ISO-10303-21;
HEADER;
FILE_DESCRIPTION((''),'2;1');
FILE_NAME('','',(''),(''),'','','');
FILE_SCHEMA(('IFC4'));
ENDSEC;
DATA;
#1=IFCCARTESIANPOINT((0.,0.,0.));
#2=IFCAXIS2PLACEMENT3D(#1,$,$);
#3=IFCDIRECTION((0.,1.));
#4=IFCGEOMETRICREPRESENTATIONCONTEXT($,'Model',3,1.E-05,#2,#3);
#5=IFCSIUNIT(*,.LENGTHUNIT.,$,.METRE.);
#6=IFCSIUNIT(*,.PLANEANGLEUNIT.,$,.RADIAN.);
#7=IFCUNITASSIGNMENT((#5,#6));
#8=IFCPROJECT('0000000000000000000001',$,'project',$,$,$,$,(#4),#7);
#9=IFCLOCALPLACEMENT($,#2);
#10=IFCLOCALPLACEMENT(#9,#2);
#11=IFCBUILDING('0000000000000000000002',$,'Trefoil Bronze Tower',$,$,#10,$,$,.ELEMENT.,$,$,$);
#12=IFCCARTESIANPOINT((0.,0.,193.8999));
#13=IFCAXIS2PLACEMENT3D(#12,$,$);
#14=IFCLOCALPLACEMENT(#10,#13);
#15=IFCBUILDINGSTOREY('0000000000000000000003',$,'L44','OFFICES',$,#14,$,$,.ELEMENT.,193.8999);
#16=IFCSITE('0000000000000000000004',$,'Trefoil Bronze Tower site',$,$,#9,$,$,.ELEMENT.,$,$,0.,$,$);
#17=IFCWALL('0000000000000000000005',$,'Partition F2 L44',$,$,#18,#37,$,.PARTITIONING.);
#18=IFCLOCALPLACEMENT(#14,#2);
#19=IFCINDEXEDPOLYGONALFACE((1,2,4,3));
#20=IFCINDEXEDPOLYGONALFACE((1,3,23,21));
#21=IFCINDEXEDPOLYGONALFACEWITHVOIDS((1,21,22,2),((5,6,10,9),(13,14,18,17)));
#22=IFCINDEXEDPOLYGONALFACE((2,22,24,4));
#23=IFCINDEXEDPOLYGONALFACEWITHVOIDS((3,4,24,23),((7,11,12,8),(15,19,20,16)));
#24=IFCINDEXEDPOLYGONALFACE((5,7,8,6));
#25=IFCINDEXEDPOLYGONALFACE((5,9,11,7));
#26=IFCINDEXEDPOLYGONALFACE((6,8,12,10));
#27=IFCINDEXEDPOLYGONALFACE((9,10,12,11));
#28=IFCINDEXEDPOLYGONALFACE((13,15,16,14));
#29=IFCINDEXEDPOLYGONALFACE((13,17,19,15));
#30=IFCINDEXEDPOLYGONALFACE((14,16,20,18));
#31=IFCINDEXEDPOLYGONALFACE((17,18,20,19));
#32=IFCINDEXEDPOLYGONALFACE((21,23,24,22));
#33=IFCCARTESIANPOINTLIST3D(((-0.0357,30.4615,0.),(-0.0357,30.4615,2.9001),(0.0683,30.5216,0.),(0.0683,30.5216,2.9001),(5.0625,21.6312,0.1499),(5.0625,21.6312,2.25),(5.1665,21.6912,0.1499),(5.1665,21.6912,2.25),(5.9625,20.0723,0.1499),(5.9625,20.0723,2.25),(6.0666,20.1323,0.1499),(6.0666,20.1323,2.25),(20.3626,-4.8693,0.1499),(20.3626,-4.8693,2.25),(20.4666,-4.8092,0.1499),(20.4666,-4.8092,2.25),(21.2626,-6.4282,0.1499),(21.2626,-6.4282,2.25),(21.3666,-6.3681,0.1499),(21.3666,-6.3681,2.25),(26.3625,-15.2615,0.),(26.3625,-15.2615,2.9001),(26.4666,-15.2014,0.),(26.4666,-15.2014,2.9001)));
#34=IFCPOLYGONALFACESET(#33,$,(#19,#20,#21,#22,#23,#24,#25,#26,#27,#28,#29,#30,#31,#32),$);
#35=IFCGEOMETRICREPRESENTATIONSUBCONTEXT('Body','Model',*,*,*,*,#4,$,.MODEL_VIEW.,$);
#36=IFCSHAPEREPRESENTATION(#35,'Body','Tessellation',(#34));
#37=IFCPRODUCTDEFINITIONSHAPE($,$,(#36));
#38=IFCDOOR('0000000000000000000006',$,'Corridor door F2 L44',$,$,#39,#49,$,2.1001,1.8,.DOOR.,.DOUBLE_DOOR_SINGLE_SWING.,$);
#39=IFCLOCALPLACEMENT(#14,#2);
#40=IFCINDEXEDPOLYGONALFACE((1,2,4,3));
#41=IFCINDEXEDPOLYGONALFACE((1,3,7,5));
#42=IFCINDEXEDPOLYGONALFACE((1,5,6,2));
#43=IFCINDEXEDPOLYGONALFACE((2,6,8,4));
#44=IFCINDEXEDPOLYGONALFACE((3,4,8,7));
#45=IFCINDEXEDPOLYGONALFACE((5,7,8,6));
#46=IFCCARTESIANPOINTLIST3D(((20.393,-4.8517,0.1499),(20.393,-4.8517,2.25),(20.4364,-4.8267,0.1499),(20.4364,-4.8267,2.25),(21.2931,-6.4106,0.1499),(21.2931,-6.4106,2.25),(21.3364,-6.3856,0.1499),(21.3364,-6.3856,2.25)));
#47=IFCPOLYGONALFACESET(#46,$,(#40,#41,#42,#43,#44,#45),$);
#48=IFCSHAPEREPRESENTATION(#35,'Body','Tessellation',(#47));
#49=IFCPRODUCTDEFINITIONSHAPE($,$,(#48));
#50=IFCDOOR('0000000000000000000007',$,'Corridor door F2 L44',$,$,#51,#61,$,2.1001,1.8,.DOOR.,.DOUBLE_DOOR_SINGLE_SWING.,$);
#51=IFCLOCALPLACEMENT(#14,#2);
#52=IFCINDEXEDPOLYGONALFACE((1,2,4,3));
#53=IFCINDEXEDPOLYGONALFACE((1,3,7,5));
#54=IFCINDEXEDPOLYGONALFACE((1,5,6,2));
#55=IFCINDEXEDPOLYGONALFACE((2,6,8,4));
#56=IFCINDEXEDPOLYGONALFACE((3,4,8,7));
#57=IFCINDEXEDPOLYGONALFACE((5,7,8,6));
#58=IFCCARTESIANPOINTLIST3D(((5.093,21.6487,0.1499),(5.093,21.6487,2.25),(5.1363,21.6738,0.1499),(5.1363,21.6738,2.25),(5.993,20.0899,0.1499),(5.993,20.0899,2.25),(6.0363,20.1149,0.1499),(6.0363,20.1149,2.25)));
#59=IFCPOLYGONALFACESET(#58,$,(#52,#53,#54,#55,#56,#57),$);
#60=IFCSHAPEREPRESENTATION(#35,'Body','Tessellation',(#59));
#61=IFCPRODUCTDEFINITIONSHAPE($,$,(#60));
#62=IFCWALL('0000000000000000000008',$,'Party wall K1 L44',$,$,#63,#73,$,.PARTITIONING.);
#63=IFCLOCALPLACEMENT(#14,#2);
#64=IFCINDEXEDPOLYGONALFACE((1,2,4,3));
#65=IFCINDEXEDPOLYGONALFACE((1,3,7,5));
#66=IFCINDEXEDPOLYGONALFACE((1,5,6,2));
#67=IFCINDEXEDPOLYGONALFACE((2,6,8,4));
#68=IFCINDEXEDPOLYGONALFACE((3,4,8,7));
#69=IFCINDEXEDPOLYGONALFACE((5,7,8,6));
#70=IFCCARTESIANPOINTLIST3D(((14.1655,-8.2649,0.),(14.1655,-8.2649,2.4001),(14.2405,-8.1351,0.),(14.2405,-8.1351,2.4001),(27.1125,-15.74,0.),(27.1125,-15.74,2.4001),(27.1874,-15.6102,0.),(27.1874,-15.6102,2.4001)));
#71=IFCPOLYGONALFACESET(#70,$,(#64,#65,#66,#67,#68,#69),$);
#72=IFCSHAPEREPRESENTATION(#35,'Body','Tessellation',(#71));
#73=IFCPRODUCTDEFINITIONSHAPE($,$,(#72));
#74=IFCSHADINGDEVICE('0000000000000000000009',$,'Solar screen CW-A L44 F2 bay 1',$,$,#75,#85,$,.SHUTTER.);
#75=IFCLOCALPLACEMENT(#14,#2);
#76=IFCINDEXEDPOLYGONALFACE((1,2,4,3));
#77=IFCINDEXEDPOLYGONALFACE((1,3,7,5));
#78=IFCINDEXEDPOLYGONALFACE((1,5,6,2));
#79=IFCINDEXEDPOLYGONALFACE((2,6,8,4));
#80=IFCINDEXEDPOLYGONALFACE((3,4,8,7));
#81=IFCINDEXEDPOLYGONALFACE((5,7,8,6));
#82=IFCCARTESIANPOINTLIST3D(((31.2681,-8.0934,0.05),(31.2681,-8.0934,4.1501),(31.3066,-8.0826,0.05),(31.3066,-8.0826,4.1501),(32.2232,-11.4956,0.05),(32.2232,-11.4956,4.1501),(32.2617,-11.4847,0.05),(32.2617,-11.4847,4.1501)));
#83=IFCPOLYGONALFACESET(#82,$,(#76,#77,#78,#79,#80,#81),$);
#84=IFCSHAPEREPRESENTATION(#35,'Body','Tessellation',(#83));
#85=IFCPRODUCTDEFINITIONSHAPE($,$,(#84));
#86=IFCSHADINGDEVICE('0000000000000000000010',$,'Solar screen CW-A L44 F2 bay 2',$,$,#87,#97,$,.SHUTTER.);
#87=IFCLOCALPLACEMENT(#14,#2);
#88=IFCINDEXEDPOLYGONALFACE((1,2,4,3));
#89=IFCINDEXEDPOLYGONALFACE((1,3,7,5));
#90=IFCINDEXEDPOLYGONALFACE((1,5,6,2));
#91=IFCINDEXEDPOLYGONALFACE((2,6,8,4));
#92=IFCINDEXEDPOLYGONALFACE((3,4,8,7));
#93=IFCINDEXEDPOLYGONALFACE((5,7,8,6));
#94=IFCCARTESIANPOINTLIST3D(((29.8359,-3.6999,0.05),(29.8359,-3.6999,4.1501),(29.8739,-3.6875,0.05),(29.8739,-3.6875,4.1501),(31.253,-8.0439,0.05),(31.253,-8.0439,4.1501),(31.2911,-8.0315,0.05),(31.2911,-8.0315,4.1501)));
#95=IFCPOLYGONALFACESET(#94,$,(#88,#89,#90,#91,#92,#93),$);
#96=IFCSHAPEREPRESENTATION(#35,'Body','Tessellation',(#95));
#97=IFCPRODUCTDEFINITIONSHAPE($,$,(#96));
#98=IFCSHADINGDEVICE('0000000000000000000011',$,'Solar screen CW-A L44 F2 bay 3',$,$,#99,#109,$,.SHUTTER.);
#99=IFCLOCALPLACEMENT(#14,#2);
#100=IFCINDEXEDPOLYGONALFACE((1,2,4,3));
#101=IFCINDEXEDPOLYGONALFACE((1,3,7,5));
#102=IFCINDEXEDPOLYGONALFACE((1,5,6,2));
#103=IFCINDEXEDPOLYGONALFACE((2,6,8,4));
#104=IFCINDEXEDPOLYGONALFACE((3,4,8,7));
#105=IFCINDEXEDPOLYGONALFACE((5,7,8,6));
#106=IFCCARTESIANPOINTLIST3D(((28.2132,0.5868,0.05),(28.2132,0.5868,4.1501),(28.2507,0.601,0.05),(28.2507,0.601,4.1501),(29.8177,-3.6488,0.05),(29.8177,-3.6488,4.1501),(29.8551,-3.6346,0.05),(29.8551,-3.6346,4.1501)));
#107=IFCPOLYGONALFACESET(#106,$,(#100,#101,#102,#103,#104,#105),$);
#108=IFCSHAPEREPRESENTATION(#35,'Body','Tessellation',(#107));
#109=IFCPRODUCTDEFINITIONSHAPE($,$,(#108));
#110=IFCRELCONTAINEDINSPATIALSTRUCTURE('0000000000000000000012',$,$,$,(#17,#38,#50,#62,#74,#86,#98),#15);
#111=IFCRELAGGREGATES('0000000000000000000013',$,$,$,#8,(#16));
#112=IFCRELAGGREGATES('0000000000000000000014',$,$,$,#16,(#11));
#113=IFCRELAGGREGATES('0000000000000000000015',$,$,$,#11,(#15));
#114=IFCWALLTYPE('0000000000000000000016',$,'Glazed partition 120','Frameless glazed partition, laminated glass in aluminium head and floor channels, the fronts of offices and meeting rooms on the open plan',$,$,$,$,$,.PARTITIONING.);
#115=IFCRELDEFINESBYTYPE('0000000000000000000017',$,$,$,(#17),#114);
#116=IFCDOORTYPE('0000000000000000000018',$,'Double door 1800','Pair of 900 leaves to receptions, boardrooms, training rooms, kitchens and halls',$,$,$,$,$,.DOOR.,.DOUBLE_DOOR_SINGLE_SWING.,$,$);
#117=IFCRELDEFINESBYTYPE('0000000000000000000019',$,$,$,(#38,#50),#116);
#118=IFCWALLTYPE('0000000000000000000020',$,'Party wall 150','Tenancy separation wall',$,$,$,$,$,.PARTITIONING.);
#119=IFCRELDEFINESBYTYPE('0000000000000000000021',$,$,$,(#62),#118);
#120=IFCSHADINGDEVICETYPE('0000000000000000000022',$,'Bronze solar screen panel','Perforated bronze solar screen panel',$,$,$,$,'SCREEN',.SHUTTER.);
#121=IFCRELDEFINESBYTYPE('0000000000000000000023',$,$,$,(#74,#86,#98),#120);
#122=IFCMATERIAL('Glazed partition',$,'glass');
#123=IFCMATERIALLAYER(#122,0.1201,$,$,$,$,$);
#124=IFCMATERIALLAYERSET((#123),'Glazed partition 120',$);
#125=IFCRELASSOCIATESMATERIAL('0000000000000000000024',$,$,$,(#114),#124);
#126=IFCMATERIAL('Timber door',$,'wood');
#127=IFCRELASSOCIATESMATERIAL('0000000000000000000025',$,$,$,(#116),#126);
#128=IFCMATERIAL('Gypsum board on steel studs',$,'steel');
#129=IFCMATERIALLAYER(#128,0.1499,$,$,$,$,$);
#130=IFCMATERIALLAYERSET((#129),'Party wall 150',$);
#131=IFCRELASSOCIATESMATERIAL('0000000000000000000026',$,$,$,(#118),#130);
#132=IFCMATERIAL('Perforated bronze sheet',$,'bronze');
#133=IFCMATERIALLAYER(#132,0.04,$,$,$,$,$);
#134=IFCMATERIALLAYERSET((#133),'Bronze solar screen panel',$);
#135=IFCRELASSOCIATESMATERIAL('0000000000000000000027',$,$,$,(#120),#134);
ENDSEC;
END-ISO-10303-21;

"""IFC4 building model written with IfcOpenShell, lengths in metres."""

from ifc_helpers import new_model, si_unit, direction, frame, frame_2d, origin, origin_2d, place, context, subcontext, project, spatial, rectangle, extrude, material, layer, layer_set, type_object, element, fill, save


model = new_model("IFC4")

# Units and contexts
model_context = context("Model", 3, precision=1e-05, world=origin(), true_north=direction((0.0, 1.0)))
body_context = subcontext(model_context, "Body", "Model", "MODEL_VIEW")
ifc_project = project(units=[si_unit("LENGTHUNIT", "METRE"), si_unit("PLANEANGLEUNIT", "RADIAN")], contexts=[model_context])

# Site, building, storey
site_placement = place(None, origin())
site = spatial("IfcSite", under=ifc_project, at=site_placement, Name="Trefoil Bronze Tower site", CompositionType="ELEMENT", RefElevation=0.0)
building_placement = place(site_placement, origin())
building = spatial("IfcBuilding", under=site, at=building_placement, Name="Trefoil Bronze Tower", CompositionType="ELEMENT")
storey_placement = place(building_placement, frame((0.0, 0.0, 193.8999)))
storey = spatial("IfcBuildingStorey", under=building, at=storey_placement, Name="L44", Description="OFFICES", CompositionType="ELEMENT", Elevation=193.8999)

# Wall, openings, doors
ifc_material_1 = material(Name="Glazed partition", Category="glass")
ifc_layer_1 = layer(ifc_material_1, 0.1201)
ifc_layer_set_1 = layer_set([ifc_layer_1], Name="Glazed partition 120")
wall_type_1 = type_object("IfcWallType", Name="Glazed partition 120", Description="Frameless glazed partition, laminated glass in aluminium head and floor channels, the fronts of offices and meeting rooms on the open plan", PredefinedType="PARTITIONING", material=ifc_layer_set_1)
wall_1_placement = place(storey_placement, frame((26.4146, -15.2314, 0.0), z_axis=(0.0, 0.0, 1.0), x_axis=(-0.500001, 0.866025, 0.0)))
wall_1 = element("IfcWall", 1, at=wall_1_placement, inside=storey, type_object=wall_type_1, Name="Partition F2 L44", PredefinedType="PARTITIONING", context=body_context, shape_type="SweptSolid", body=[
    extrude(rectangle(XDim=52.7964, YDim=0.1201, at=frame_2d((26.3982, 0.0))), origin(), (0.0, 0.0, 1.0), 2.9001),
])
opening_1_placement = place(wall_1_placement, frame((10.2, 0.0, 0.1499)))
opening_1 = element("IfcOpeningElement", 2, at=opening_1_placement, cuts=wall_1, PredefinedType="OPENING", context=body_context, shape_type="SweptSolid", body=[
    extrude(rectangle(XDim=1.8, YDim=2.1001, at=frame_2d((0.8999, 1.05))), frame((0.0, 0.0701, 0.0), z_axis=(0.0, -1.0, 0.0), x_axis=(1.0, 0.0, 0.0)), (0.0, 0.0, 1.0), 0.1401),
])
opening_2_placement = place(wall_1_placement, frame((40.8, 0.0, 0.1499)))
opening_2 = element("IfcOpeningElement", 3, at=opening_2_placement, cuts=wall_1, PredefinedType="OPENING", context=body_context, shape_type="SweptSolid", body=[
    extrude(rectangle(XDim=1.8, YDim=2.1001, at=frame_2d((0.8999, 1.05))), frame((0.0, 0.0701, 0.0), z_axis=(0.0, -1.0, 0.0), x_axis=(1.0, 0.0, 0.0)), (0.0, 0.0, 1.0), 0.1401),
])
ifc_material_2 = material(Name="Timber door", Category="wood")
door_type_1 = type_object("IfcDoorType", Name="Double door 1800", Description="Pair of 900 leaves to receptions, boardrooms, training rooms, kitchens and halls", OperationType="DOUBLE_DOOR_SINGLE_SWING", PredefinedType="DOOR", material=ifc_material_2)
door_1_placement = place(opening_1_placement, origin())
door_1 = element("IfcDoor", 4, at=door_1_placement, inside=storey, type_object=door_type_1, Name="Corridor door F2 L44", OperationType="DOUBLE_DOOR_SINGLE_SWING", OverallHeight=2.1001, OverallWidth=1.8, PredefinedType="DOOR", context=body_context, shape_type="SweptSolid", body=[
    extrude(rectangle(XDim=1.8, YDim=2.1001, at=frame_2d((0.8999, 1.05))), frame((0.0, 0.0249, 0.0), z_axis=(0.0, -1.0, 0.0), x_axis=(1.0, 0.0, 0.0)), (0.0, 0.0, 1.0), 0.05),
])
fill(opening_1, door_1)
door_2_placement = place(opening_2_placement, origin())
door_2 = element("IfcDoor", 5, at=door_2_placement, inside=storey, type_object=door_type_1, Name="Corridor door F2 L44", OperationType="DOUBLE_DOOR_SINGLE_SWING", OverallHeight=2.1001, OverallWidth=1.8, PredefinedType="DOOR", context=body_context, shape_type="SweptSolid", body=[
    extrude(rectangle(XDim=1.8, YDim=2.1001, at=frame_2d((0.8999, 1.05))), frame((0.0, 0.0249, 0.0), z_axis=(0.0, -1.0, 0.0), x_axis=(1.0, 0.0, 0.0)), (0.0, 0.0, 1.0), 0.05),
])
fill(opening_2, door_2)

# Wall
ifc_material_3 = material(Name="Gypsum board on steel studs", Category="steel")
ifc_layer_2 = layer(ifc_material_3, 0.1499)
ifc_layer_set_2 = layer_set([ifc_layer_2], Name="Party wall 150")
wall_type_2 = type_object("IfcWallType", Name="Party wall 150", Description="Tenancy separation wall", PredefinedType="PARTITIONING", material=ifc_layer_set_2)
wall_2_placement = place(storey_placement, frame((14.2029, -8.2, 0.0), z_axis=(0.0, 0.0, 1.0), x_axis=(0.866022, -0.500007, 0.0)))
element("IfcWall", 6, at=wall_2_placement, inside=storey, type_object=wall_type_2, Name="Party wall K1 L44", PredefinedType="PARTITIONING", context=body_context, shape_type="SweptSolid", body=[
    extrude(rectangle(XDim=14.95, YDim=0.1499, at=frame_2d((7.4751, 0.0))), origin(), (0.0, 0.0, 1.0), 2.4001),
])

# Shading devices
ifc_material_4 = material(Name="Perforated bronze sheet", Category="bronze")
ifc_layer_3 = layer(ifc_material_4, 0.04)
ifc_layer_set_3 = layer_set([ifc_layer_3], Name="Bronze solar screen panel")
shading_device_type = type_object("IfcShadingDeviceType", Name="Bronze solar screen panel", Description="Perforated bronze solar screen panel", ElementType="SCREEN", PredefinedType="SHUTTER", material=ifc_layer_set_3)
shading_device_1_placement = place(storey_placement, frame((31.7649, -9.7891, 0.05), z_axis=(0.0, 0.0, 1.0), x_axis=(-0.270282, 0.962781, 0.0)))
element("IfcShadingDevice", 7, at=shading_device_1_placement, inside=storey, type_object=shading_device_type, Name="Solar screen CW-A L44 F2 bay 1", PredefinedType="SHUTTER", context=body_context, shape_type="SweptSolid", body=[
    extrude(rectangle(XDim=3.5337, YDim=0.04, at=origin_2d()), origin(), (0.0, 0.0, 1.0), 4.1001),
])
shading_device_2_placement = place(storey_placement, frame((30.5635, -5.8657, 0.05), z_axis=(0.0, 0.0, 1.0), x_axis=(-0.310149, 0.950688, 0.0)))
element("IfcShadingDevice", 8, at=shading_device_2_placement, inside=storey, type_object=shading_device_type, Name="Solar screen CW-A L44 F2 bay 2", PredefinedType="SHUTTER", context=body_context, shape_type="SweptSolid", body=[
    extrude(rectangle(XDim=4.5693, YDim=0.04, at=origin_2d()), origin(), (0.0, 0.0, 1.0), 4.1001),
])
shading_device_3_placement = place(storey_placement, frame((29.0342, -1.5239, 0.05), z_axis=(0.0, 0.0, 1.0), x_axis=(-0.354234, 0.935157, 0.0)))
element("IfcShadingDevice", 9, at=shading_device_3_placement, inside=storey, type_object=shading_device_type, Name="Solar screen CW-A L44 F2 bay 3", PredefinedType="SHUTTER", context=body_context, shape_type="SweptSolid", body=[
    extrude(rectangle(XDim=4.5293, YDim=0.04, at=origin_2d()), origin(), (0.0, 0.0, 1.0), 4.1001),
])

save(model, "model.ifc")
